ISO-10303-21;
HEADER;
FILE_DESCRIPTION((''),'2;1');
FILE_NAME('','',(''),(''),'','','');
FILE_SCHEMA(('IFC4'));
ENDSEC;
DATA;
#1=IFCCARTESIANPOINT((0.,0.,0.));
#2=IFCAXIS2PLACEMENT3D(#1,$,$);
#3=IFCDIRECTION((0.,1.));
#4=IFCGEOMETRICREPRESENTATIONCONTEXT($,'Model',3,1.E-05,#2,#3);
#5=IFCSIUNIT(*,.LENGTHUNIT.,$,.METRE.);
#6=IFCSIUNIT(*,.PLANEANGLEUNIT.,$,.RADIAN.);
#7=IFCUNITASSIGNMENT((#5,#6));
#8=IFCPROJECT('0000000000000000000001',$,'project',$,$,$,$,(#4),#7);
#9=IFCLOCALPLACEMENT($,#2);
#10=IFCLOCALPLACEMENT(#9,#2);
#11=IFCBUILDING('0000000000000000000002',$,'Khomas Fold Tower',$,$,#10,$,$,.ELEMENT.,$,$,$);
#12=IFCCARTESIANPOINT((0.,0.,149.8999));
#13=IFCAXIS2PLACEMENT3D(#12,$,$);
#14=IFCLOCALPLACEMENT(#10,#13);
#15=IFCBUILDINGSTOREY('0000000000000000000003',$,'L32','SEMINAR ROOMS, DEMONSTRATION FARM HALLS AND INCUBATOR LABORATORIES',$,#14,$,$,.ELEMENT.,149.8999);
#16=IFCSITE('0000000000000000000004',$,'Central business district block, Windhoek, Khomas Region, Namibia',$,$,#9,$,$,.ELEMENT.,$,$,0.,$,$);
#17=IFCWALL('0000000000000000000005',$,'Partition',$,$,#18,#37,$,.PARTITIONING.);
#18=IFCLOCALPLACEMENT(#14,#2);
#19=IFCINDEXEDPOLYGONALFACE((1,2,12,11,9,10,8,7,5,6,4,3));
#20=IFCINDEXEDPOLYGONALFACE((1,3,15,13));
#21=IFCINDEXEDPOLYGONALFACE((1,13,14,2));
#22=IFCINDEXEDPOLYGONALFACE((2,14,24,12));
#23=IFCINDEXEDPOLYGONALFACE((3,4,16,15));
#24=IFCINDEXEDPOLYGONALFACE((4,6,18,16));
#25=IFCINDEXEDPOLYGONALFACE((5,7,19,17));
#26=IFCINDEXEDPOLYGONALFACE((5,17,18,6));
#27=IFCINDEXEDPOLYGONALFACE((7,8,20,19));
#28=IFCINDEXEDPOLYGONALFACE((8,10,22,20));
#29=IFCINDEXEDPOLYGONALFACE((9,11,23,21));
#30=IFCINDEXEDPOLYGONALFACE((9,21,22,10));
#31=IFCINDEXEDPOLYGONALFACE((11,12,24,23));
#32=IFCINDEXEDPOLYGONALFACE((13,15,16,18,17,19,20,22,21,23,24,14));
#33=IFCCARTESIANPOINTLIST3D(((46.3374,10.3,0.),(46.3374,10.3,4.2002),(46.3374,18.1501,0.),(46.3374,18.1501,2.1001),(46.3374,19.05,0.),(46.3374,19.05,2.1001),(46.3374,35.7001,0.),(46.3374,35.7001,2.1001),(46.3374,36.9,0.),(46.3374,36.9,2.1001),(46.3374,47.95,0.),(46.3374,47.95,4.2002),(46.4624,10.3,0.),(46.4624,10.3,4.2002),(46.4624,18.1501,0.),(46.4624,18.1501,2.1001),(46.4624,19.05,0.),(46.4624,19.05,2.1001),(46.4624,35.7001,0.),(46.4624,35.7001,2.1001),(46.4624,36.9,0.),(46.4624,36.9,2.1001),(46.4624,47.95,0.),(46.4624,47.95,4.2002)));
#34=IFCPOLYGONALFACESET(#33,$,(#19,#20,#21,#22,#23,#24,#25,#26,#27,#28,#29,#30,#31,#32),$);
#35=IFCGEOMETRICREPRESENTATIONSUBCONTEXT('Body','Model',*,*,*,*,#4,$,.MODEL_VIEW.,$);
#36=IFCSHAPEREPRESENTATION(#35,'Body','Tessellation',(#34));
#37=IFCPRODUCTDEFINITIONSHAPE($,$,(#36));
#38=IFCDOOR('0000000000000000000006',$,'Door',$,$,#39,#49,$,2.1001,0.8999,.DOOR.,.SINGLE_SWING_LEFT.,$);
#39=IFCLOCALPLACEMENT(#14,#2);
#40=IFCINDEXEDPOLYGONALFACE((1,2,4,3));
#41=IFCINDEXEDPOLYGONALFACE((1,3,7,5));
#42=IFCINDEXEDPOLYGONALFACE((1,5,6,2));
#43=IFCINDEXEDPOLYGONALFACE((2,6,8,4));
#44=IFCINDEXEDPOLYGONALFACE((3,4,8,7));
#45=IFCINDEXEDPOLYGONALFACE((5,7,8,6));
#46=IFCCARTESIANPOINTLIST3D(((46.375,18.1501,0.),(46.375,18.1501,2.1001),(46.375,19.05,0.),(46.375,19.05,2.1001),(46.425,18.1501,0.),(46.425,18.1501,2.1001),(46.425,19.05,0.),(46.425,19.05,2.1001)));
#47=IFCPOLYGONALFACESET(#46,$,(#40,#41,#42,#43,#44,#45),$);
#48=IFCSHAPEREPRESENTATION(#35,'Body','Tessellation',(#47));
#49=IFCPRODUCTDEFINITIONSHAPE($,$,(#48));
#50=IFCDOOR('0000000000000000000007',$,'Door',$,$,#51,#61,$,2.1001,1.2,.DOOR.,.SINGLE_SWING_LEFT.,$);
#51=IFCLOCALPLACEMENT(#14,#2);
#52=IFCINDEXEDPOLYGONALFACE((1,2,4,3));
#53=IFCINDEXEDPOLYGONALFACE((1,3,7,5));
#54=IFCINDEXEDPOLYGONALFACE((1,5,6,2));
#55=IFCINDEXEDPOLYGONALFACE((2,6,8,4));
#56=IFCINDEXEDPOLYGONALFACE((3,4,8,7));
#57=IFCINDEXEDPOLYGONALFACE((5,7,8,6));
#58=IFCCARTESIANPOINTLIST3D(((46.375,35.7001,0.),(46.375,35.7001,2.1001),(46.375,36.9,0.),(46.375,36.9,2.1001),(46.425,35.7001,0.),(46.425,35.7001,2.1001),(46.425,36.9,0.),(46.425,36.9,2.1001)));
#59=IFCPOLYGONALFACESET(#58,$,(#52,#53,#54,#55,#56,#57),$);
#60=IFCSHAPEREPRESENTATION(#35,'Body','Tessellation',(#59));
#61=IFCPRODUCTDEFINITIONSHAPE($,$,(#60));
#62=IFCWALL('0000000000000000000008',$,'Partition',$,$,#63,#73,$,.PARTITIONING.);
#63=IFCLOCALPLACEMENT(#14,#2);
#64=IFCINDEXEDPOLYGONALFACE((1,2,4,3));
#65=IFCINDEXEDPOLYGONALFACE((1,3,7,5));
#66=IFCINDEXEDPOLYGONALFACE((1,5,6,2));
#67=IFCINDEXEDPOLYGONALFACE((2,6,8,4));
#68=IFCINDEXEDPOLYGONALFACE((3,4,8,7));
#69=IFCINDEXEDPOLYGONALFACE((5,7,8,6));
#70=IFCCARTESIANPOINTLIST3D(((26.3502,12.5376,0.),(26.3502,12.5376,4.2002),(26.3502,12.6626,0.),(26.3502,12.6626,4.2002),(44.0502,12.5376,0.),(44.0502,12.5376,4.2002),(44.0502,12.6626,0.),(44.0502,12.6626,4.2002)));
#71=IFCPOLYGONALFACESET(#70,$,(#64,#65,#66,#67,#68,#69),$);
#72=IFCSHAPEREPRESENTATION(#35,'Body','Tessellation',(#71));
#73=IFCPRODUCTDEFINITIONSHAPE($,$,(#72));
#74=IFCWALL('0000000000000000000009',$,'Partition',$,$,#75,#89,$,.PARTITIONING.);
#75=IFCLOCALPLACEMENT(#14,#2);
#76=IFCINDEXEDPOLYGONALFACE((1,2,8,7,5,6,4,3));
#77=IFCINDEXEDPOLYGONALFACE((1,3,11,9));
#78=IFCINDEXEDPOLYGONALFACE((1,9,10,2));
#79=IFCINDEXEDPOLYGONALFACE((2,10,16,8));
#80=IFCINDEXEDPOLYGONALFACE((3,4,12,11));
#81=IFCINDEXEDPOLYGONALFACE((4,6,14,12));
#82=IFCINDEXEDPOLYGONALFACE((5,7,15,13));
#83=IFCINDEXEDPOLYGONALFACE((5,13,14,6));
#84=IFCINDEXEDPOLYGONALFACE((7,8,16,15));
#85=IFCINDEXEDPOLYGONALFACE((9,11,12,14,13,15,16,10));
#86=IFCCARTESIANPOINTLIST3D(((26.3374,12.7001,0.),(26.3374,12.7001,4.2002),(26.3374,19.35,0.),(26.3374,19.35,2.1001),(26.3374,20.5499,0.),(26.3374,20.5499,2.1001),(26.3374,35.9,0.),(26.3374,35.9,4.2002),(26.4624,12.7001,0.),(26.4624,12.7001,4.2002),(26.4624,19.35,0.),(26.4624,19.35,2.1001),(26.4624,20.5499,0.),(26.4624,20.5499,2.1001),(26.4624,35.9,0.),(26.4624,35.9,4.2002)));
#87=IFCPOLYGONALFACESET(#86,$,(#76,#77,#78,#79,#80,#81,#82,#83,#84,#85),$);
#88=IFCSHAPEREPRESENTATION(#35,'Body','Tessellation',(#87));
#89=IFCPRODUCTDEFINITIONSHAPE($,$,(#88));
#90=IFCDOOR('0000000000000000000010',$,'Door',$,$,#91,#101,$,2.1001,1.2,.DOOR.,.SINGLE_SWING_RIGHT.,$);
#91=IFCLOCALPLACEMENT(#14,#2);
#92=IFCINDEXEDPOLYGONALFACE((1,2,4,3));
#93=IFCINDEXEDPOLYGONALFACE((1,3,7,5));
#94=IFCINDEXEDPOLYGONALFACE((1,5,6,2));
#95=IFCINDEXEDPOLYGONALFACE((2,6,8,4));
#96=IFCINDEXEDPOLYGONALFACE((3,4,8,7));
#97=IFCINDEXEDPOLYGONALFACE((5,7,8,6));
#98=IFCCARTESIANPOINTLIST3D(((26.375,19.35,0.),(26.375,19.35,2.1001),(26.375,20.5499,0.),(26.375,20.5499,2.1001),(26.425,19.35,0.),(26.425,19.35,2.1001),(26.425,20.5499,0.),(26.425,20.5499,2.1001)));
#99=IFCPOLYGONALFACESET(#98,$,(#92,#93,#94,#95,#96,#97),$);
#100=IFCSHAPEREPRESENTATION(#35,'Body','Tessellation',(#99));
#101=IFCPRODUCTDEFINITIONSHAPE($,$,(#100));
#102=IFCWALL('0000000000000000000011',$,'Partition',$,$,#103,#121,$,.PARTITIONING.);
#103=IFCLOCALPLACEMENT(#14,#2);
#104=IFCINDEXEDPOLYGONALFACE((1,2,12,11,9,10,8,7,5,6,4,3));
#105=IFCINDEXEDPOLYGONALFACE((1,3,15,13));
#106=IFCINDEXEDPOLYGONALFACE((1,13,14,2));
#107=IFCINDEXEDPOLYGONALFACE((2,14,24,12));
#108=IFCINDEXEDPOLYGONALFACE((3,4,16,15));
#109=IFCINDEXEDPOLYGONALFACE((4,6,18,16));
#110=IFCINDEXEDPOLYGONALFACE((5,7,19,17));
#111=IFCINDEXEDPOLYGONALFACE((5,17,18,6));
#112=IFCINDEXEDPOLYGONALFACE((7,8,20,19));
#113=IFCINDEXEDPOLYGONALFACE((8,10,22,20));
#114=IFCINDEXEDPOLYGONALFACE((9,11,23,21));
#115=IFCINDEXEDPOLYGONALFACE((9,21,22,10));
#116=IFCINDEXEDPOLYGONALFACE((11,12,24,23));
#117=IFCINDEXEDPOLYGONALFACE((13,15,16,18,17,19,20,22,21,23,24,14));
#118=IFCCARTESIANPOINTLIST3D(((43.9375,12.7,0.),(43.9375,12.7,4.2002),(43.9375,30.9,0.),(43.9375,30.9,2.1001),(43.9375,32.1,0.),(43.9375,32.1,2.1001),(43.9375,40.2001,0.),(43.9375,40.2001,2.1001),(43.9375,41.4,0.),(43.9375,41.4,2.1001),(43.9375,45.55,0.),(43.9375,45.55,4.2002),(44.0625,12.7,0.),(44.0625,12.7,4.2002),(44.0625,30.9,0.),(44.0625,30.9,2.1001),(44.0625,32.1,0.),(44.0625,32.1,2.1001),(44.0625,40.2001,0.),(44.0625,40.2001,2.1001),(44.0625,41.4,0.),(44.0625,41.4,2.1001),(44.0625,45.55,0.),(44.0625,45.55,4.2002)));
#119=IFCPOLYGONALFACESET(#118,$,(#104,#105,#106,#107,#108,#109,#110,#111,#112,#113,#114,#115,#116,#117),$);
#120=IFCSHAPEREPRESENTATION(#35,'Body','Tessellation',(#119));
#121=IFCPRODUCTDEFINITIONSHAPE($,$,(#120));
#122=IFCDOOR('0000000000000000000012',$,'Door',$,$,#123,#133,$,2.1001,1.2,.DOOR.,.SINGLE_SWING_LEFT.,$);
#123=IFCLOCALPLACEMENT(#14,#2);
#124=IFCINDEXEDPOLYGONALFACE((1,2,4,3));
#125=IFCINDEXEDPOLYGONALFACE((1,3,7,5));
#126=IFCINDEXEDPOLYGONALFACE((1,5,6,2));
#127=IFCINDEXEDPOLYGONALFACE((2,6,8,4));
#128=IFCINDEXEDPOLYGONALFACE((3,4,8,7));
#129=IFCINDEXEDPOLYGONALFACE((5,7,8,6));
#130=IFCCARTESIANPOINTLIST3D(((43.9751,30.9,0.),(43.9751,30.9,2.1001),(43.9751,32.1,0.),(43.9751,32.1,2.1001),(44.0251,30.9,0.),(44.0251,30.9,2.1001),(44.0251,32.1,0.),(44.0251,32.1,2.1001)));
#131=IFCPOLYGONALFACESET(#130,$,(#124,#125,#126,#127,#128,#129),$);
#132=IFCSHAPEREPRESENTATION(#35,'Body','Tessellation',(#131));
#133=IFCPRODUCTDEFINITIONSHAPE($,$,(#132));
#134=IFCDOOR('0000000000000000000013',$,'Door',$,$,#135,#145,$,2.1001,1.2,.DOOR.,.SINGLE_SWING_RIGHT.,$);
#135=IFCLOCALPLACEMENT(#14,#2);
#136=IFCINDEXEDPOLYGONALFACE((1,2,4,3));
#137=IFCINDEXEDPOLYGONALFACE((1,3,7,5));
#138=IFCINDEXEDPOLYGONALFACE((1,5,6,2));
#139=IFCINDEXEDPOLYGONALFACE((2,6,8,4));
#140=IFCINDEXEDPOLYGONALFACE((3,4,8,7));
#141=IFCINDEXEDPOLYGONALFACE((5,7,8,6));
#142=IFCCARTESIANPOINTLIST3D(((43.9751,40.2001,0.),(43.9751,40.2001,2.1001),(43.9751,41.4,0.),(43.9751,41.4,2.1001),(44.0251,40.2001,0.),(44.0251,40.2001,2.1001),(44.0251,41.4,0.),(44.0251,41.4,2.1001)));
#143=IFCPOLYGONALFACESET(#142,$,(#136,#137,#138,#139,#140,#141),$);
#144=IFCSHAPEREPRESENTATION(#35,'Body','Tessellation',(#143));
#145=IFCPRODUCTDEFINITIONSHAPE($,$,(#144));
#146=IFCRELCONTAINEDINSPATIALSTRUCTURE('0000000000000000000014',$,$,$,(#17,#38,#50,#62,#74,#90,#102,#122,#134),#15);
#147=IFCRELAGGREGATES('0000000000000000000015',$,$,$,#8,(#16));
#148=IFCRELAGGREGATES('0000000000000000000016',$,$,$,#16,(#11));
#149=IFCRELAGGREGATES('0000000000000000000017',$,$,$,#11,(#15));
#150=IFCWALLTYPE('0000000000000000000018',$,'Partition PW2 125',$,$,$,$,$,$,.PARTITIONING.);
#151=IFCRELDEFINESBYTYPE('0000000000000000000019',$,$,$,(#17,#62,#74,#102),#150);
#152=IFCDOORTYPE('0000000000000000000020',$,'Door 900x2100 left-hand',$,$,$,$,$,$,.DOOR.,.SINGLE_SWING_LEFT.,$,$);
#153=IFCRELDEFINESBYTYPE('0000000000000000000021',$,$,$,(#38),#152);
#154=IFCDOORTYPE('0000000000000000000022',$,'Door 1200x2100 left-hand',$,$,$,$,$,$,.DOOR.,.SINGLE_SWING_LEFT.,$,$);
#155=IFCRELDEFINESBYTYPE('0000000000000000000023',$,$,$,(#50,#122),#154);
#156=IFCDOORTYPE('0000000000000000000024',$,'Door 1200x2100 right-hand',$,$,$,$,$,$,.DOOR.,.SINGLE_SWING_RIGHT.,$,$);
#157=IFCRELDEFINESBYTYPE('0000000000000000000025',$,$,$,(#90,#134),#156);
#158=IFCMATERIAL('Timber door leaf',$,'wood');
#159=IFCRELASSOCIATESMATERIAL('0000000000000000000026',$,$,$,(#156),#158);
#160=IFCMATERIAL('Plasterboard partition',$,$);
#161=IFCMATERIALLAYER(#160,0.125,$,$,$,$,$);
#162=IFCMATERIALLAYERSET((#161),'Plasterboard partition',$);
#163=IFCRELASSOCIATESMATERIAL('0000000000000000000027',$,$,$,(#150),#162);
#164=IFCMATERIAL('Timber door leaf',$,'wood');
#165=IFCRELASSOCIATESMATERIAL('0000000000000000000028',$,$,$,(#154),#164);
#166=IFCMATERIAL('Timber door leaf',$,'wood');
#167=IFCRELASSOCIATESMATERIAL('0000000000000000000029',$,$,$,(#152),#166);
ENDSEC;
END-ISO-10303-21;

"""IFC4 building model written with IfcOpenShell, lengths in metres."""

from ifc_helpers import new_model, si_unit, direction, frame, frame_2d, origin, place, context, subcontext, project, spatial, rectangle, extrude, source, transform, mapped, material, layer, layer_set, type_object, element, fill, save


model = new_model("IFC4")

# Units and contexts
model_context = context("Model", 3, precision=1e-05, world=origin(), true_north=direction((0.0, 1.0)))
body_context = subcontext(model_context, "Body", "Model", "MODEL_VIEW")
ifc_project = project(units=[si_unit("LENGTHUNIT", "METRE"), si_unit("PLANEANGLEUNIT", "RADIAN")], contexts=[model_context])

# Site, building, storey
site_placement = place(None, origin())
site = spatial("IfcSite", under=ifc_project, at=site_placement, Name="Central business district block, Windhoek, Khomas Region, Namibia", CompositionType="ELEMENT", RefElevation=0.0)
building_placement = place(site_placement, origin())
building = spatial("IfcBuilding", under=site, at=building_placement, Name="Khomas Fold Tower", CompositionType="ELEMENT")
storey_placement = place(building_placement, frame((0.0, 0.0, 149.8999)))
storey = spatial("IfcBuildingStorey", under=building, at=storey_placement, Name="L32", Description="SEMINAR ROOMS, DEMONSTRATION FARM HALLS AND INCUBATOR LABORATORIES", CompositionType="ELEMENT", Elevation=149.8999)

# Shared definitions
ifc_material_1 = material(Name="Timber door leaf", Category="wood")
door_type_1 = type_object("IfcDoorType", Name="Door 1200x2100 right-hand", OperationType="SINGLE_SWING_RIGHT", PredefinedType="DOOR", material=ifc_material_1)

# Shared definitions
ifc_material_2 = material(Name="Plasterboard partition")
ifc_layer_1 = layer(ifc_material_2, 0.125)
ifc_layer_set_1 = layer_set([ifc_layer_1], Name="Plasterboard partition")
wall_type_1 = type_object("IfcWallType", Name="Partition PW2 125", PredefinedType="PARTITIONING", material=ifc_layer_set_1)

# Shared definitions
shared_shape_1 = source(origin(), body_context, "Body", "SweptSolid", [
    extrude(rectangle(XDim=1.2, YDim=2.1001, at=frame_2d((0.6001, 1.05))), frame((0.0, 0.0725, 0.0), z_axis=(0.0, -1.0, 0.0), x_axis=(1.0, 0.0, 0.0)), (0.0, 0.0, 1.0), 0.145),
])
ifc_material_3 = material(Name="Timber door leaf", Category="wood")
door_type_2 = type_object("IfcDoorType", Name="Door 1200x2100 left-hand", OperationType="SINGLE_SWING_LEFT", PredefinedType="DOOR", material=ifc_material_3)
shared_shape_2 = source(origin(), body_context, "Body", "SweptSolid", [
    extrude(rectangle(XDim=1.2, YDim=2.1001, at=frame_2d((0.6001, 1.05))), frame((0.0, 0.0249, 0.0), z_axis=(0.0, -1.0, 0.0), x_axis=(1.0, 0.0, 0.0)), (0.0, 0.0, 1.0), 0.05),
])

# Wall, openings, doors
shared_shape_3 = source(origin(), body_context, "Body", "SweptSolid", [
    extrude(rectangle(XDim=37.6499, YDim=0.125, at=frame_2d((18.825, 0.0))), origin(), (0.0, 0.0, 1.0), 4.2002),
])
wall_1_placement = place(storey_placement, frame((46.3999, 10.3, 0.0), z_axis=(0.0, 0.0, 1.0), x_axis=(0.0, 1.0, 0.0)))
wall_1 = element("IfcWall", 1, at=wall_1_placement, inside=storey, type_object=wall_type_1, Name="Partition", PredefinedType="PARTITIONING", context=body_context, shape_type="MappedRepresentation", body=[
    mapped(shared_shape_3, transform((0.0, 0.0, 0.0))),
])
shared_shape_4 = source(origin(), body_context, "Body", "SweptSolid", [
    extrude(rectangle(XDim=0.8999, YDim=2.1001, at=frame_2d((0.45, 1.05))), frame((0.0, 0.0725, 0.0), z_axis=(0.0, -1.0, 0.0), x_axis=(1.0, 0.0, 0.0)), (0.0, 0.0, 1.0), 0.145),
])
opening_1_placement = place(wall_1_placement, frame((7.8501, 0.0, 0.0)))
opening_1 = element("IfcOpeningElement", 2, at=opening_1_placement, cuts=wall_1, PredefinedType="OPENING", context=body_context, shape_type="MappedRepresentation", body=[
    mapped(shared_shape_4, transform((0.0, 0.0, 0.0))),
])
opening_2_placement = place(wall_1_placement, frame((25.3999, 0.0, 0.0)))
opening_2 = element("IfcOpeningElement", 3, at=opening_2_placement, cuts=wall_1, PredefinedType="OPENING", context=body_context, shape_type="MappedRepresentation", body=[
    mapped(shared_shape_1, transform((0.0, 0.0, 0.0))),
])
ifc_material_4 = material(Name="Timber door leaf", Category="wood")
door_type_3 = type_object("IfcDoorType", Name="Door 900x2100 left-hand", OperationType="SINGLE_SWING_LEFT", PredefinedType="DOOR", material=ifc_material_4)
shared_shape_5 = source(origin(), body_context, "Body", "SweptSolid", [
    extrude(rectangle(XDim=0.8999, YDim=2.1001, at=frame_2d((0.45, 1.05))), frame((0.0, 0.0249, 0.0), z_axis=(0.0, -1.0, 0.0), x_axis=(1.0, 0.0, 0.0)), (0.0, 0.0, 1.0), 0.05),
])
door_1_placement = place(opening_1_placement, origin())
door_1 = element("IfcDoor", 4, at=door_1_placement, inside=storey, type_object=door_type_3, Name="Door", OperationType="SINGLE_SWING_LEFT", OverallHeight=2.1001, OverallWidth=0.8999, PredefinedType="DOOR", context=body_context, shape_type="MappedRepresentation", body=[
    mapped(shared_shape_5, transform((0.0, 0.0, 0.0))),
])
fill(opening_1, door_1)
door_2_placement = place(opening_2_placement, origin())
door_2 = element("IfcDoor", 5, at=door_2_placement, inside=storey, type_object=door_type_2, Name="Door", OperationType="SINGLE_SWING_LEFT", OverallHeight=2.1001, OverallWidth=1.2, PredefinedType="DOOR", context=body_context, shape_type="MappedRepresentation", body=[
    mapped(shared_shape_2, transform((0.0, 0.0, 0.0))),
])
fill(opening_2, door_2)

# Wall
shared_shape_6 = source(origin(), body_context, "Body", "SweptSolid", [
    extrude(rectangle(XDim=17.7, YDim=0.125, at=frame_2d((8.8501, 0.0))), origin(), (0.0, 0.0, 1.0), 4.2002),
])
wall_2_placement = place(storey_placement, frame((26.3501, 12.6001, 0.0), z_axis=(0.0, 0.0, 1.0), x_axis=(1.0, 0.0, 0.0)))
element("IfcWall", 6, at=wall_2_placement, inside=storey, type_object=wall_type_1, Name="Partition", PredefinedType="PARTITIONING", context=body_context, shape_type="MappedRepresentation", body=[
    mapped(shared_shape_6, transform((0.0, 0.0, 0.0))),
])

# Wall, opening, door
shared_shape_7 = source(origin(), body_context, "Body", "SweptSolid", [
    extrude(rectangle(XDim=23.2, YDim=0.125, at=frame_2d((11.6001, 0.0))), origin(), (0.0, 0.0, 1.0), 4.2002),
])
wall_3_placement = place(storey_placement, frame((26.3999, 12.7, 0.0), z_axis=(0.0, 0.0, 1.0), x_axis=(0.0, 1.0, 0.0)))
wall_3 = element("IfcWall", 7, at=wall_3_placement, inside=storey, type_object=wall_type_1, Name="Partition", PredefinedType="PARTITIONING", context=body_context, shape_type="MappedRepresentation", body=[
    mapped(shared_shape_7, transform((0.0, 0.0, 0.0))),
])
opening_3_placement = place(wall_3_placement, frame((6.6499, 0.0, 0.0)))
opening_3 = element("IfcOpeningElement", 8, at=opening_3_placement, cuts=wall_3, PredefinedType="OPENING", context=body_context, shape_type="MappedRepresentation", body=[
    mapped(shared_shape_1, transform((0.0, 0.0, 0.0))),
])
door_3_placement = place(opening_3_placement, origin())
door_3 = element("IfcDoor", 9, at=door_3_placement, inside=storey, type_object=door_type_1, Name="Door", OperationType="SINGLE_SWING_RIGHT", OverallHeight=2.1001, OverallWidth=1.2, PredefinedType="DOOR", context=body_context, shape_type="MappedRepresentation", body=[
    mapped(shared_shape_2, transform((0.0, 0.0, 0.0))),
])
fill(opening_3, door_3)

# Wall, openings, doors
shared_shape_8 = source(origin(), body_context, "Body", "SweptSolid", [
    extrude(rectangle(XDim=32.8501, YDim=0.125, at=frame_2d((16.425, 0.0))), origin(), (0.0, 0.0, 1.0), 4.2002),
])
wall_4_placement = place(storey_placement, frame((44.0, 12.7, 0.0), z_axis=(0.0, 0.0, 1.0), x_axis=(0.0, 1.0, 0.0)))
wall_4 = element("IfcWall", 10, at=wall_4_placement, inside=storey, type_object=wall_type_1, Name="Partition", PredefinedType="PARTITIONING", context=body_context, shape_type="MappedRepresentation", body=[
    mapped(shared_shape_8, transform((0.0, 0.0, 0.0))),
])
opening_4_placement = place(wall_4_placement, frame((18.2, 0.0, 0.0)))
opening_4 = element("IfcOpeningElement", 11, at=opening_4_placement, cuts=wall_4, PredefinedType="OPENING", context=body_context, shape_type="MappedRepresentation", body=[
    mapped(shared_shape_1, transform((0.0, 0.0, 0.0))),
])
opening_5_placement = place(wall_4_placement, frame((27.5, 0.0, 0.0)))
opening_5 = element("IfcOpeningElement", 12, at=opening_5_placement, cuts=wall_4, PredefinedType="OPENING", context=body_context, shape_type="MappedRepresentation", body=[
    mapped(shared_shape_1, transform((0.0, 0.0, 0.0))),
])
door_4_placement = place(opening_4_placement, origin())
door_4 = element("IfcDoor", 13, at=door_4_placement, inside=storey, type_object=door_type_2, Name="Door", OperationType="SINGLE_SWING_LEFT", OverallHeight=2.1001, OverallWidth=1.2, PredefinedType="DOOR", context=body_context, shape_type="MappedRepresentation", body=[
    mapped(shared_shape_2, transform((0.0, 0.0, 0.0))),
])
fill(opening_4, door_4)
door_5_placement = place(opening_5_placement, origin())
door_5 = element("IfcDoor", 14, at=door_5_placement, inside=storey, type_object=door_type_1, Name="Door", OperationType="SINGLE_SWING_RIGHT", OverallHeight=2.1001, OverallWidth=1.2, PredefinedType="DOOR", context=body_context, shape_type="MappedRepresentation", body=[
    mapped(shared_shape_2, transform((0.0, 0.0, 0.0))),
])
fill(opening_5, door_5)

save(model, "model.ifc")
